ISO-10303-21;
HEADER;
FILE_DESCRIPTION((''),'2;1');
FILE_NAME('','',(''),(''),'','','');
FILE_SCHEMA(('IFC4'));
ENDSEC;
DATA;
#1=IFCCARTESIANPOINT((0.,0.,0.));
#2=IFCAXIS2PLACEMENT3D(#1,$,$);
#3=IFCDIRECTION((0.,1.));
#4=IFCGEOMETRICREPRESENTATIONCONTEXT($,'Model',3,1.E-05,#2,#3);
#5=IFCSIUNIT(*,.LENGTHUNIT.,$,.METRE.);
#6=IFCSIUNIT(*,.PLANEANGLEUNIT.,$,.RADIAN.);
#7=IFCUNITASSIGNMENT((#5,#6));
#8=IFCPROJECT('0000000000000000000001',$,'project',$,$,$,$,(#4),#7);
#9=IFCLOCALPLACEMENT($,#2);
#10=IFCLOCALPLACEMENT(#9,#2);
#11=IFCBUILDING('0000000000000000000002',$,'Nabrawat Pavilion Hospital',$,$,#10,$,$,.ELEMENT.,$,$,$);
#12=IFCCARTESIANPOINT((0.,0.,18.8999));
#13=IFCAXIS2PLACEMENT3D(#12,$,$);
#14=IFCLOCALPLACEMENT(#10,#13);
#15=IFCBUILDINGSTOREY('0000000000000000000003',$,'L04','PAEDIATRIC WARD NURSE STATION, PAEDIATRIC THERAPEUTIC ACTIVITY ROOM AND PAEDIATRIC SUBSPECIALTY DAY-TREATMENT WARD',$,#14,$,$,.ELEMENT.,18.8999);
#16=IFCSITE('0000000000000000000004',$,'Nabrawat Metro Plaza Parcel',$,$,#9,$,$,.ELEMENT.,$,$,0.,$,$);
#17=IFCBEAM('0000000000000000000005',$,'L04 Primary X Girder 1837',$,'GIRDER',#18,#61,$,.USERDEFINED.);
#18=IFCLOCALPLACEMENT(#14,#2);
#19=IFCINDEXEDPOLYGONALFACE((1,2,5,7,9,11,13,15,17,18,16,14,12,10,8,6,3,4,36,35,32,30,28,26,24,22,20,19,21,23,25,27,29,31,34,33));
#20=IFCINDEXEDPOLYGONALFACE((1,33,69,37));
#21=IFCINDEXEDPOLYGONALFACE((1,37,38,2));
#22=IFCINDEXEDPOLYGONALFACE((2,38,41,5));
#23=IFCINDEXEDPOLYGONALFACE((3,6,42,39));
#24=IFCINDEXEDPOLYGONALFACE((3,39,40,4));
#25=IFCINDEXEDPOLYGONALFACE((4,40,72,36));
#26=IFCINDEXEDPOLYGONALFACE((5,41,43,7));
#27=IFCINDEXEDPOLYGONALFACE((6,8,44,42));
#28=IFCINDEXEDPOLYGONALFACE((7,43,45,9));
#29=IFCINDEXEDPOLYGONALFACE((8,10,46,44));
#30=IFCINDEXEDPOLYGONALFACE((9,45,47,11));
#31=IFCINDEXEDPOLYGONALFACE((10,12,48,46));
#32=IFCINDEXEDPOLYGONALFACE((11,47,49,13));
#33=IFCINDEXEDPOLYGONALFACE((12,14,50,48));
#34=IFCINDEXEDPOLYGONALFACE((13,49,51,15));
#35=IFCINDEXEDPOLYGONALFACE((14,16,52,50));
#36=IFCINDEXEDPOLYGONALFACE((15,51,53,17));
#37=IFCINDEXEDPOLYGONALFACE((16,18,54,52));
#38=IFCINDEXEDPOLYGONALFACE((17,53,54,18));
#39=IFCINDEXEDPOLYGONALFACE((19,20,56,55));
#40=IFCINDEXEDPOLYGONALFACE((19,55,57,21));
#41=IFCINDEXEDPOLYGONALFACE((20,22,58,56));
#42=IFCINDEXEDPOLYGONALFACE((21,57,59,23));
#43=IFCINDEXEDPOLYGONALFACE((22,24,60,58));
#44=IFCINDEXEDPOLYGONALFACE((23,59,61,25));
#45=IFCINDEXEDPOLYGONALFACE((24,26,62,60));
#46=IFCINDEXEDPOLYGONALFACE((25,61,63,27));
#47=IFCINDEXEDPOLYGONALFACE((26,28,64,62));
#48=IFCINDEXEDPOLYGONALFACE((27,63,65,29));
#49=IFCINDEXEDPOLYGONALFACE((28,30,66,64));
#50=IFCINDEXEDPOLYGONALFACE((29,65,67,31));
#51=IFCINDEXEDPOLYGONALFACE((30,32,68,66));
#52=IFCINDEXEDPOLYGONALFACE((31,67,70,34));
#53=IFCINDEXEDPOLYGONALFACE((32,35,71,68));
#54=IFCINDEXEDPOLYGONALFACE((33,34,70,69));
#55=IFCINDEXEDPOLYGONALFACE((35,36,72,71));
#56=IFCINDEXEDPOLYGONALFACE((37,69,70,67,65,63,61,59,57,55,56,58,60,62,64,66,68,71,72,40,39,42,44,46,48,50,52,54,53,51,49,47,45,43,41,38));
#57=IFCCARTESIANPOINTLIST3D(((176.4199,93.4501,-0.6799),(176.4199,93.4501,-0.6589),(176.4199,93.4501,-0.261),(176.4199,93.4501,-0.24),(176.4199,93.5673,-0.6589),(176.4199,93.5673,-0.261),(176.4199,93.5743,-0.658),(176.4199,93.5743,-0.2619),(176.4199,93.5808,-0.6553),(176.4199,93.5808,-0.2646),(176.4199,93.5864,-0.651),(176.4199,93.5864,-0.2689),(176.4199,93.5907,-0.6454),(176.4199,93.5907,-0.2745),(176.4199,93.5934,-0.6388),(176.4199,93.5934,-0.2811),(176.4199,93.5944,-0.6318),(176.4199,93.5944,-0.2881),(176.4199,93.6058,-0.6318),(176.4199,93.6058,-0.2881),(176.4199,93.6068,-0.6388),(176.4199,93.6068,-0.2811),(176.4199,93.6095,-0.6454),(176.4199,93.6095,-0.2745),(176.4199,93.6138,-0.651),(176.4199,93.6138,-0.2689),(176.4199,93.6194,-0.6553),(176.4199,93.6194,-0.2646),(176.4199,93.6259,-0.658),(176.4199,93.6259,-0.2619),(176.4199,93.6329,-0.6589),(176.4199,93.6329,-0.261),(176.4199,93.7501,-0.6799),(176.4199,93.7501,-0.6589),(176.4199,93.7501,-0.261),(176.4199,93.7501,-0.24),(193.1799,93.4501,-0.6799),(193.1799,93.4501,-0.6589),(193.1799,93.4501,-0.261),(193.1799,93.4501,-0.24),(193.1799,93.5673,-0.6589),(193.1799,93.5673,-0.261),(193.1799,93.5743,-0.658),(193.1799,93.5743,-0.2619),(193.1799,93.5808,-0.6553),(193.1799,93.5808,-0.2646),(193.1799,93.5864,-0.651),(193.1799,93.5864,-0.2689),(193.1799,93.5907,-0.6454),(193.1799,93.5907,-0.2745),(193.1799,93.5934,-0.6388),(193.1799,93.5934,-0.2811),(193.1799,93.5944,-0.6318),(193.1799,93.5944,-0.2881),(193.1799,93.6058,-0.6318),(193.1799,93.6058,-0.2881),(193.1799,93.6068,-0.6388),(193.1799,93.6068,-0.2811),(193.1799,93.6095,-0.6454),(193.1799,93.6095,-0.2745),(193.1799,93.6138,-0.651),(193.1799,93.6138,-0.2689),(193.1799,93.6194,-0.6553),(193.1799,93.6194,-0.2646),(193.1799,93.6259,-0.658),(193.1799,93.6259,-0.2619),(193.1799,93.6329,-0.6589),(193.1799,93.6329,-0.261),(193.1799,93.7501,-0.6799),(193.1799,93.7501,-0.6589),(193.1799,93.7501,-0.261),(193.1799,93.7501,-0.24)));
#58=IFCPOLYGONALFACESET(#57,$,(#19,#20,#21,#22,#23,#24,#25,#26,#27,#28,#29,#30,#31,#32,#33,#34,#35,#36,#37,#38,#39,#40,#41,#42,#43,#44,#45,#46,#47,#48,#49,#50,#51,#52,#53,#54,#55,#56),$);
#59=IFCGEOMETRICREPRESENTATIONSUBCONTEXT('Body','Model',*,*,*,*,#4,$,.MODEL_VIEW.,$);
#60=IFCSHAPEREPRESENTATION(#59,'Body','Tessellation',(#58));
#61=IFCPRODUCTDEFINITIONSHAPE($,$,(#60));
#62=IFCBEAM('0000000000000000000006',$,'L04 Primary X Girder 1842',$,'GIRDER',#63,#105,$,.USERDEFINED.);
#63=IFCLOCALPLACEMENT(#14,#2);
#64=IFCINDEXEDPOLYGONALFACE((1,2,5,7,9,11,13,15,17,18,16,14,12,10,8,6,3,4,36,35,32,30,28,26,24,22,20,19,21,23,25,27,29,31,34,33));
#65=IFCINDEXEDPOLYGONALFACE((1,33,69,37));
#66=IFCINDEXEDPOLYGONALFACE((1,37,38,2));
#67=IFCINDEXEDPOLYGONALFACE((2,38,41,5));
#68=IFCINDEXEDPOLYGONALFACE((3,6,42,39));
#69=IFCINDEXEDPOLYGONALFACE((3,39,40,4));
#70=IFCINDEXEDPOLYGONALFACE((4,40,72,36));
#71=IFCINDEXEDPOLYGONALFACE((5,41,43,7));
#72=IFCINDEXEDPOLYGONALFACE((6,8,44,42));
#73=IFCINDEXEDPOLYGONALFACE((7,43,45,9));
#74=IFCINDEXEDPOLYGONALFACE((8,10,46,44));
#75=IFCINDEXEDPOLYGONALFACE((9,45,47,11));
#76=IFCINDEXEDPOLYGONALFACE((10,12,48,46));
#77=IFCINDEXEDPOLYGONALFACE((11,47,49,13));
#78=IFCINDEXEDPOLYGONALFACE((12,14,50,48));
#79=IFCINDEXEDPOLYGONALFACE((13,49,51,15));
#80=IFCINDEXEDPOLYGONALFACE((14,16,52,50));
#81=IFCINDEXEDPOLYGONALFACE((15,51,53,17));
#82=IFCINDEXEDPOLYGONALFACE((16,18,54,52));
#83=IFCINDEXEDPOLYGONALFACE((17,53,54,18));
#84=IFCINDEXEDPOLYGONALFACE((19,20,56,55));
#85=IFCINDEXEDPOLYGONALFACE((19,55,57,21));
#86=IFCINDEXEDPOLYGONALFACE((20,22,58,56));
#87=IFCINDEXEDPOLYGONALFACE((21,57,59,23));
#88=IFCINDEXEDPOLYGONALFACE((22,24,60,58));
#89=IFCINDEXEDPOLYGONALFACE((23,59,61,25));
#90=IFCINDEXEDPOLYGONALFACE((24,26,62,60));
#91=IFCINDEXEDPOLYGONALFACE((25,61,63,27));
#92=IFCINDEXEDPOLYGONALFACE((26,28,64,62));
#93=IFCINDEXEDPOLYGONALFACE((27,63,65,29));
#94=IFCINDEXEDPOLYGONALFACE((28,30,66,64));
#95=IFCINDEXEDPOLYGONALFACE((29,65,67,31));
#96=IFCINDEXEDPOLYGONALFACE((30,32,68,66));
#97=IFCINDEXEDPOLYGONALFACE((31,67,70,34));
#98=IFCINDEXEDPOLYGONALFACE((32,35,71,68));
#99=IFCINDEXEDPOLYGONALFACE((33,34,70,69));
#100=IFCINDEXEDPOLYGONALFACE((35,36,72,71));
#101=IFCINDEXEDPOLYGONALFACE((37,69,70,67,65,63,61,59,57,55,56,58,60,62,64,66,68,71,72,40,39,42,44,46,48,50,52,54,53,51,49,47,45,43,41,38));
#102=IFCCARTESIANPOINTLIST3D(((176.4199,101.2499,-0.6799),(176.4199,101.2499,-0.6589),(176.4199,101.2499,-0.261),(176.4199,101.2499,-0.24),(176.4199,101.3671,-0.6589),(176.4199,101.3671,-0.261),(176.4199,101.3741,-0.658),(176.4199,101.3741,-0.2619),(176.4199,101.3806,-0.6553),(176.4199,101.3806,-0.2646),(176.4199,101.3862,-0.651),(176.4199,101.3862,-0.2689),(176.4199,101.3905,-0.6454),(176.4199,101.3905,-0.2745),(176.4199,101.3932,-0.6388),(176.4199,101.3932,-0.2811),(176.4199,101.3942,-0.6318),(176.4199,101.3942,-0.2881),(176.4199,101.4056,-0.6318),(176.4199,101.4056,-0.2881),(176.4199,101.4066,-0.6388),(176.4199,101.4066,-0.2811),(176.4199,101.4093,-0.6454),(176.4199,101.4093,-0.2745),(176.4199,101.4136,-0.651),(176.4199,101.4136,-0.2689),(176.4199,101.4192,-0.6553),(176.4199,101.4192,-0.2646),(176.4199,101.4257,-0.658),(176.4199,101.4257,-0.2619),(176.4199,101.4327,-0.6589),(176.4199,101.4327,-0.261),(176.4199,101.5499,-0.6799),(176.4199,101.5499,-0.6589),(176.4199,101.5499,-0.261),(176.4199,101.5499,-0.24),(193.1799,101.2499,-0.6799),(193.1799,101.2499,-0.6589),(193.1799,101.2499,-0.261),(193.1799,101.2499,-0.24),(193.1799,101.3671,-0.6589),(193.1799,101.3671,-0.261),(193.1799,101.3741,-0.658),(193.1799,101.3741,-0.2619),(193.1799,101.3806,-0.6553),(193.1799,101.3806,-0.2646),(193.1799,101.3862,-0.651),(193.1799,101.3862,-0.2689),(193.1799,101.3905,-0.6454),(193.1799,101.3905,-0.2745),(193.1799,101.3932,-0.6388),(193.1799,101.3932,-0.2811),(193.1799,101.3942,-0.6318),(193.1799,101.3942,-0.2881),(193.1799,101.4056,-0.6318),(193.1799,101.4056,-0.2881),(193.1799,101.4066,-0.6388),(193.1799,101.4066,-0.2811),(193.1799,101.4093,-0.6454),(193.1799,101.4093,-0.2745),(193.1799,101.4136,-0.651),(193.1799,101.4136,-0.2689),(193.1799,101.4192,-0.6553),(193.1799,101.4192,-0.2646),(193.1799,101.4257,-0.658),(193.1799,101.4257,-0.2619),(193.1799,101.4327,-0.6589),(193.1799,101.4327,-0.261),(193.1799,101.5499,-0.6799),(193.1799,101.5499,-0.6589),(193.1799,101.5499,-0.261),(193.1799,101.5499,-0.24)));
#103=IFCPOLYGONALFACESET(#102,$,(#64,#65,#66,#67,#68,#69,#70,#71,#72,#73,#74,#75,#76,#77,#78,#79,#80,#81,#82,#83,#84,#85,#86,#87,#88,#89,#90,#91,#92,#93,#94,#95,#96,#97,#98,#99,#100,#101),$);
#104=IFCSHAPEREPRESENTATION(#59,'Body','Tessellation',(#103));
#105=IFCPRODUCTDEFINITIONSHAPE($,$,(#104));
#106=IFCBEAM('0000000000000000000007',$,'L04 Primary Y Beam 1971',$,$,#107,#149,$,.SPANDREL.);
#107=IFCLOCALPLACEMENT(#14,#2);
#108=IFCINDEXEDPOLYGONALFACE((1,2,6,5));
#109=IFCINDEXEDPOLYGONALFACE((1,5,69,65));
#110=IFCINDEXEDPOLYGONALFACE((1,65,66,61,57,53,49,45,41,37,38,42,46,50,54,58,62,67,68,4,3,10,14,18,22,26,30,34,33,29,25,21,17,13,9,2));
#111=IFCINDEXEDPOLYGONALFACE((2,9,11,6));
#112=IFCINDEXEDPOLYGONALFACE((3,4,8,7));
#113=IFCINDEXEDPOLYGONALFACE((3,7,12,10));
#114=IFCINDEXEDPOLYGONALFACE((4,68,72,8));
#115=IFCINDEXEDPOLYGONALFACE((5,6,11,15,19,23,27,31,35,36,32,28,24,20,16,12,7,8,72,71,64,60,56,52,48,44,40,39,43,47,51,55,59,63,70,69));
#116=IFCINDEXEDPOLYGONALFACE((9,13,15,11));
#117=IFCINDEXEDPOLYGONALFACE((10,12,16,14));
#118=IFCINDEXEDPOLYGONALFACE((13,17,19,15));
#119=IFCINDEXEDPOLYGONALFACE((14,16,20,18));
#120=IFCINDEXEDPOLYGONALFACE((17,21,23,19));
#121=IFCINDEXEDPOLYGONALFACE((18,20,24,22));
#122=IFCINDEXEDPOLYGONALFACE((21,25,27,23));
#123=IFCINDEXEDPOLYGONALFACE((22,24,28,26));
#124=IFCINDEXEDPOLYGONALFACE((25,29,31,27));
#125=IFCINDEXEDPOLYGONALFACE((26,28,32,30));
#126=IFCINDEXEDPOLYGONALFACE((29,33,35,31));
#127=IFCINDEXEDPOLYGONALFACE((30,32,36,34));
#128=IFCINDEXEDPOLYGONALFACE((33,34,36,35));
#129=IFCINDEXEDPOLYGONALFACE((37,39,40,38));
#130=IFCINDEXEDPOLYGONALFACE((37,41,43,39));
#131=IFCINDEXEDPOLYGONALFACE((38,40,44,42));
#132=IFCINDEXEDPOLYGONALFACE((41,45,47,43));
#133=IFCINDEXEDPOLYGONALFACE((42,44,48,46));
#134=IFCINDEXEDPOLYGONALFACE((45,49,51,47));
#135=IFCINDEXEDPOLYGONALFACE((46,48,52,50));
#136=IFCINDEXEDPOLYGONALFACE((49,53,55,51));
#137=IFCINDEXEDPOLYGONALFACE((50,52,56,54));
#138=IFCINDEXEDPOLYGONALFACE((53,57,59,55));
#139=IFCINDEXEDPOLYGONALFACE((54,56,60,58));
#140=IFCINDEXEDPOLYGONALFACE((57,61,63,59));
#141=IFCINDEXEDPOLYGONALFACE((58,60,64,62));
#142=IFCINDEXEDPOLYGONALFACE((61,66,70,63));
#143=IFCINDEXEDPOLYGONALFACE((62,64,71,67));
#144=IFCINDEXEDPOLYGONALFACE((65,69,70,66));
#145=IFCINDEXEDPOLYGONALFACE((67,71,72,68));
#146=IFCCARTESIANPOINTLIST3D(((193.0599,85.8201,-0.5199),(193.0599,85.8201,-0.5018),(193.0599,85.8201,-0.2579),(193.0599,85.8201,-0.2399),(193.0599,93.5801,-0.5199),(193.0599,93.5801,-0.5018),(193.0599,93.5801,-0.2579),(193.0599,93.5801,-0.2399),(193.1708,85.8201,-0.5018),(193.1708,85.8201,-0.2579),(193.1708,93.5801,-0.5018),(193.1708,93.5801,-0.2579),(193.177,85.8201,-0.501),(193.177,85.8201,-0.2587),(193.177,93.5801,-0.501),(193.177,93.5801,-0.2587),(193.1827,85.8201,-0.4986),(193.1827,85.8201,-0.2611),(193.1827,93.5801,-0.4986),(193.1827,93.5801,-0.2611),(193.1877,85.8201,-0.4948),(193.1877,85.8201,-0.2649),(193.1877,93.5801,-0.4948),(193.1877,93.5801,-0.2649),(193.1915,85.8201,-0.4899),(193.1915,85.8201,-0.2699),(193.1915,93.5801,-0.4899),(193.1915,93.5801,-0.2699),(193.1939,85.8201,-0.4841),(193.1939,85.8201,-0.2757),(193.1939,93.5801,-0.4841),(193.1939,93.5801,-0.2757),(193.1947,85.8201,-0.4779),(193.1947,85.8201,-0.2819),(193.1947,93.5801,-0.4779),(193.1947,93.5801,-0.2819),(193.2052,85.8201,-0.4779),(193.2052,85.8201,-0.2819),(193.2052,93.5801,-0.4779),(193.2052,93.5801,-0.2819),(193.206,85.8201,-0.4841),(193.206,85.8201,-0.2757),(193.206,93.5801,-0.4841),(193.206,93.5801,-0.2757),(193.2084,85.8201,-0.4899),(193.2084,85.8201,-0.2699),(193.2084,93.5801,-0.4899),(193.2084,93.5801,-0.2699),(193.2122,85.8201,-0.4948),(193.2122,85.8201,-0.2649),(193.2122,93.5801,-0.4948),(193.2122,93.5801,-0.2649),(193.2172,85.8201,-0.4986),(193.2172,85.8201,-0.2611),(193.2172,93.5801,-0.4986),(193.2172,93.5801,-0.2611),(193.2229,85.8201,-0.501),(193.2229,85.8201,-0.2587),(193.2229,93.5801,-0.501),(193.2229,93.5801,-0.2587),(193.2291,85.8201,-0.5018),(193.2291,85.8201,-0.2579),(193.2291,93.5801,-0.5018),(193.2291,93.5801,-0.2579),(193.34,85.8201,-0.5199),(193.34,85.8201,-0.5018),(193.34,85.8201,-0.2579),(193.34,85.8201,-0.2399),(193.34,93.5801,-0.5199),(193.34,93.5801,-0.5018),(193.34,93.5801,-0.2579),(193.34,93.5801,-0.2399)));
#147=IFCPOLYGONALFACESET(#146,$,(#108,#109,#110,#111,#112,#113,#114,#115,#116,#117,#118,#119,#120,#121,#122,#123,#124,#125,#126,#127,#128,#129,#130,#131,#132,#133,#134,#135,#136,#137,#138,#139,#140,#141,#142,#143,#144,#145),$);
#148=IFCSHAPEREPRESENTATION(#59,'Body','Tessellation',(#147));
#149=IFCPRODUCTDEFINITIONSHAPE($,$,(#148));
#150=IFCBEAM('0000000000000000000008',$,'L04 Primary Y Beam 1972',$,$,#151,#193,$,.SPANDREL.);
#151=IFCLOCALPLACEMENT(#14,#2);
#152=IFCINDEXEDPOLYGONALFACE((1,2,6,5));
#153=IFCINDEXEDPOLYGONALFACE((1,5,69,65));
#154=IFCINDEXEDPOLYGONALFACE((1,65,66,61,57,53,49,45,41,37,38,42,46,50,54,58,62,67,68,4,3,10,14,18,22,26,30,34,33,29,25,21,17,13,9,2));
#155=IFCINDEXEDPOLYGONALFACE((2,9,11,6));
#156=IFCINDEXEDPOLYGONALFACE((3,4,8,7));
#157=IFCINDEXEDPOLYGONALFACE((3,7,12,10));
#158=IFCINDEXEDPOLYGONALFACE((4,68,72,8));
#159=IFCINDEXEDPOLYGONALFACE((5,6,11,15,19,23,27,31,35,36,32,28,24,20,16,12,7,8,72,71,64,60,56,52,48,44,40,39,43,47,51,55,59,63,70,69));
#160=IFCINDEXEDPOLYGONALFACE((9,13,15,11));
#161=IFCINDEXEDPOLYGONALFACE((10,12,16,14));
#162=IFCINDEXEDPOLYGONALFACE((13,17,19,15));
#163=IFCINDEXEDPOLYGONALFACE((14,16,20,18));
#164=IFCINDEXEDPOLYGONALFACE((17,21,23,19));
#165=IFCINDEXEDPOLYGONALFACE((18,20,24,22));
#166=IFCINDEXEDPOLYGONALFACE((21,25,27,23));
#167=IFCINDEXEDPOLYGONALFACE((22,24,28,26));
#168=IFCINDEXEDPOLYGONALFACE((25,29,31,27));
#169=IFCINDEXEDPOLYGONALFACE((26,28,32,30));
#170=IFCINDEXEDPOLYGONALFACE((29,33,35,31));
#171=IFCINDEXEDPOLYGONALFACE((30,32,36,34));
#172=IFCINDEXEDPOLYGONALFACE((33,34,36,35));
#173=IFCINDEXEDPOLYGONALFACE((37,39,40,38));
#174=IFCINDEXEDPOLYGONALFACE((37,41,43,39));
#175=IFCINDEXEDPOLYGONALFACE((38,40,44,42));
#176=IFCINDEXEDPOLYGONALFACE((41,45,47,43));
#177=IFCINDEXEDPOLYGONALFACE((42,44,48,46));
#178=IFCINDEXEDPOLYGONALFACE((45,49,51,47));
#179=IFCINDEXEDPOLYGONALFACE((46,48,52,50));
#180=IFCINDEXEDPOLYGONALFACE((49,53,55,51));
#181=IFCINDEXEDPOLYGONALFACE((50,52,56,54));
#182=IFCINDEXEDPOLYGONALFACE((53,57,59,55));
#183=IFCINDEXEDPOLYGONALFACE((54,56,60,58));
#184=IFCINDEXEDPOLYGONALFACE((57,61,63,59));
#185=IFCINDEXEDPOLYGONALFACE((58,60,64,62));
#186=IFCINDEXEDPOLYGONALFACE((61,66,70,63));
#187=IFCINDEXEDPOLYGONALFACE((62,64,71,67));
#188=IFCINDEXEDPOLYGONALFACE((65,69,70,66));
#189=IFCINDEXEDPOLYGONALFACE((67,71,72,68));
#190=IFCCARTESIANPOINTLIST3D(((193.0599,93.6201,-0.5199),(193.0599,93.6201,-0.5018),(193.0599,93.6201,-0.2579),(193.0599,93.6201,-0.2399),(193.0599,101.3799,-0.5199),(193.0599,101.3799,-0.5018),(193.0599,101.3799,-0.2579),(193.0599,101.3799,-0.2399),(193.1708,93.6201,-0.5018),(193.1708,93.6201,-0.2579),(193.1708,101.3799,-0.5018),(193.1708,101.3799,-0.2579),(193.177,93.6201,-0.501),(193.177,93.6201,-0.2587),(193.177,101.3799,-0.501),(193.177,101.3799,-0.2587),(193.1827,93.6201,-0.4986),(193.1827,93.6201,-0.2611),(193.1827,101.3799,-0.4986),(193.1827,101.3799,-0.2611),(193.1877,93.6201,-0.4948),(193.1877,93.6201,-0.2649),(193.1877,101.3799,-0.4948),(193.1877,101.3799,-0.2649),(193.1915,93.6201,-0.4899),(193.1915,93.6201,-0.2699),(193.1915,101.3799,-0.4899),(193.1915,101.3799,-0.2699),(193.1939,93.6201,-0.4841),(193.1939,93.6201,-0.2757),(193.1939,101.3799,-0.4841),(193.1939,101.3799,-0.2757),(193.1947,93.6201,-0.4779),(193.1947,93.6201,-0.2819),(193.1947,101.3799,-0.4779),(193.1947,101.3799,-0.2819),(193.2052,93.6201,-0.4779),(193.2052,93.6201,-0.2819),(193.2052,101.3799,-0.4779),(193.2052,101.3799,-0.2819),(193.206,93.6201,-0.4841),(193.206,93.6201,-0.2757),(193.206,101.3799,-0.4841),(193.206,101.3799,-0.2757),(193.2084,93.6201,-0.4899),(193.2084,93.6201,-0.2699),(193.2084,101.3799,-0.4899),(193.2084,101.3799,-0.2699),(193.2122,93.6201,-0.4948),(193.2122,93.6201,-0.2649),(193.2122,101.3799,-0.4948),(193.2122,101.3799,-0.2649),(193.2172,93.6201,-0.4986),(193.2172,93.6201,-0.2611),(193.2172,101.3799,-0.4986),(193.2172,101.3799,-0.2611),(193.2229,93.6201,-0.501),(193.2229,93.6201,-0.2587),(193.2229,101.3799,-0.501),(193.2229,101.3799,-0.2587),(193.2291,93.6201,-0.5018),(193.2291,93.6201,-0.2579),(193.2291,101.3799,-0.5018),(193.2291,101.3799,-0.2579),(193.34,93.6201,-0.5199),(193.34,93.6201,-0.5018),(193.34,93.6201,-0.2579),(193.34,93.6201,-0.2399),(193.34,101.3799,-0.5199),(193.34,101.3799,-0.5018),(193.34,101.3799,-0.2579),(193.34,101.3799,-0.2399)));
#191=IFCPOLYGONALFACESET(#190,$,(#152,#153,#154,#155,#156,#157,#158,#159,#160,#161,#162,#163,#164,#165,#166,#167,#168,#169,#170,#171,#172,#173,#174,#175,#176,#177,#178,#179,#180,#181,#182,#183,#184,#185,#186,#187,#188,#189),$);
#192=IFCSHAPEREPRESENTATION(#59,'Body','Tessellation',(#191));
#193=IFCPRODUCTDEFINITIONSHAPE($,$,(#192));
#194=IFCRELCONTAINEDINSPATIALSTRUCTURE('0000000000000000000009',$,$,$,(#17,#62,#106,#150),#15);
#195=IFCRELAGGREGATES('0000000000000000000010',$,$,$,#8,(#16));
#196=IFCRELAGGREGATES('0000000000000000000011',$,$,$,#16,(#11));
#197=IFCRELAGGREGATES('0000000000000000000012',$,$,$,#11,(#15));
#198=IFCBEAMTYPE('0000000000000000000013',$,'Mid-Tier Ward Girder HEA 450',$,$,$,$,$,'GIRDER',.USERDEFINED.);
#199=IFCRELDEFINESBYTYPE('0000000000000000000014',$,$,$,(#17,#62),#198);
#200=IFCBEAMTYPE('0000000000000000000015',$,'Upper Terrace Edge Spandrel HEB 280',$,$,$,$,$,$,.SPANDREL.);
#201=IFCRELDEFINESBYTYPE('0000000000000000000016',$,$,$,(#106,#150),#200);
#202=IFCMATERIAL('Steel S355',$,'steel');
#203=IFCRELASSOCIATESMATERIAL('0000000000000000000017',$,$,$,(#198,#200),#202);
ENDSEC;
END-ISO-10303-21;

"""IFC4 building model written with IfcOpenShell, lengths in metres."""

from ifc_helpers import new_model, si_unit, direction, frame, origin, origin_2d, place, context, subcontext, project, spatial, i_section, extrude, material, material_profile, profile_set, type_object, element, save


model = new_model("IFC4")

# Units and contexts
model_context = context("Model", 3, precision=1e-05, world=origin(), true_north=direction((0.0, 1.0)))
body_context = subcontext(model_context, "Body", "Model", "MODEL_VIEW")
ifc_project = project(units=[si_unit("LENGTHUNIT", "METRE"), si_unit("PLANEANGLEUNIT", "RADIAN")], contexts=[model_context])

# Site, building, storey
site_placement = place(None, origin())
site = spatial("IfcSite", under=ifc_project, at=site_placement, Name="Nabrawat Metro Plaza Parcel", CompositionType="ELEMENT", RefElevation=0.0)
building_placement = place(site_placement, origin())
building = spatial("IfcBuilding", under=site, at=building_placement, Name="Nabrawat Pavilion Hospital", CompositionType="ELEMENT")
storey_placement = place(building_placement, frame((0.0, 0.0, 18.8999)))
storey = spatial("IfcBuildingStorey", under=building, at=storey_placement, Name="L04", Description="PAEDIATRIC WARD NURSE STATION, PAEDIATRIC THERAPEUTIC ACTIVITY ROOM AND PAEDIATRIC SUBSPECIALTY DAY-TREATMENT WARD", CompositionType="ELEMENT", Elevation=18.8999)

# Shared definitions
ifc_material_1 = material(Name="Steel S355", Category="steel")

# Beams
ifc_material_profile_1 = material_profile(ifc_material_1, i_section(OverallWidth=0.3, OverallDepth=0.4399, WebThickness=0.0115, FlangeThickness=0.021, FilletRadius=0.0271, at=origin_2d()), Name="HEA 450")
ifc_profile_set_1 = profile_set([ifc_material_profile_1], Name="Steel S355")
beam_type_1 = type_object("IfcBeamType", Name="Mid-Tier Ward Girder HEA 450", ElementType="GIRDER", PredefinedType="USERDEFINED", material=ifc_profile_set_1)
for number, where, z_axis, x_axis, name in (
    (1, (176.4199, 93.6001, -0.46), (1.0, 0.0, 0.0), (0.0, 1.0, 0.0), "L04 Primary X Girder 1837"),
    (2, (176.4199, 101.3999, -0.46), (1.0, 0.0, 0.0), (0.0, 1.0, 0.0), "L04 Primary X Girder 1842"),
):
    element("IfcBeam", number, at=place(storey_placement, frame(where, z_axis=z_axis, x_axis=x_axis)), inside=storey, type_object=beam_type_1, Name=name, ObjectType="GIRDER", PredefinedType="USERDEFINED", context=body_context, shape_type="SweptSolid", body=[
        extrude(i_section(OverallWidth=0.3, OverallDepth=0.4399, WebThickness=0.0115, FlangeThickness=0.021, FilletRadius=0.0271, at=origin_2d()), origin(), (0.0, 0.0, 1.0), 16.76),
    ])
ifc_material_profile_2 = material_profile(ifc_material_1, i_section(OverallWidth=0.28, OverallDepth=0.28, WebThickness=0.0105, FlangeThickness=0.0181, FilletRadius=0.0239, at=origin_2d()), Name="HEB 280")
ifc_profile_set_2 = profile_set([ifc_material_profile_2], Name="Steel S355")
beam_type_2 = type_object("IfcBeamType", Name="Upper Terrace Edge Spandrel HEB 280", PredefinedType="SPANDREL", material=ifc_profile_set_2)
beam_1_placement = place(storey_placement, frame((193.2, 85.8201, -0.3799), z_axis=(0.0, 1.0, 0.0), x_axis=(-1.0, 0.0, 0.0)))
element("IfcBeam", 3, at=beam_1_placement, inside=storey, type_object=beam_type_2, Name="L04 Primary Y Beam 1971", PredefinedType="SPANDREL", context=body_context, shape_type="SweptSolid", body=[
    extrude(i_section(OverallWidth=0.28, OverallDepth=0.28, WebThickness=0.0105, FlangeThickness=0.0181, FilletRadius=0.0239, at=origin_2d()), origin(), (0.0, 0.0, 1.0), 7.76),
])
beam_2_placement = place(storey_placement, frame((193.2, 93.6201, -0.3799), z_axis=(0.0, 1.0, 0.0), x_axis=(-1.0, 0.0, 0.0)))
element("IfcBeam", 4, at=beam_2_placement, inside=storey, type_object=beam_type_2, Name="L04 Primary Y Beam 1972", PredefinedType="SPANDREL", context=body_context, shape_type="SweptSolid", body=[
    extrude(i_section(OverallWidth=0.28, OverallDepth=0.28, WebThickness=0.0105, FlangeThickness=0.0181, FilletRadius=0.0239, at=origin_2d()), origin(), (0.0, 0.0, 1.0), 7.7598),
])

save(model, "model.ifc")
